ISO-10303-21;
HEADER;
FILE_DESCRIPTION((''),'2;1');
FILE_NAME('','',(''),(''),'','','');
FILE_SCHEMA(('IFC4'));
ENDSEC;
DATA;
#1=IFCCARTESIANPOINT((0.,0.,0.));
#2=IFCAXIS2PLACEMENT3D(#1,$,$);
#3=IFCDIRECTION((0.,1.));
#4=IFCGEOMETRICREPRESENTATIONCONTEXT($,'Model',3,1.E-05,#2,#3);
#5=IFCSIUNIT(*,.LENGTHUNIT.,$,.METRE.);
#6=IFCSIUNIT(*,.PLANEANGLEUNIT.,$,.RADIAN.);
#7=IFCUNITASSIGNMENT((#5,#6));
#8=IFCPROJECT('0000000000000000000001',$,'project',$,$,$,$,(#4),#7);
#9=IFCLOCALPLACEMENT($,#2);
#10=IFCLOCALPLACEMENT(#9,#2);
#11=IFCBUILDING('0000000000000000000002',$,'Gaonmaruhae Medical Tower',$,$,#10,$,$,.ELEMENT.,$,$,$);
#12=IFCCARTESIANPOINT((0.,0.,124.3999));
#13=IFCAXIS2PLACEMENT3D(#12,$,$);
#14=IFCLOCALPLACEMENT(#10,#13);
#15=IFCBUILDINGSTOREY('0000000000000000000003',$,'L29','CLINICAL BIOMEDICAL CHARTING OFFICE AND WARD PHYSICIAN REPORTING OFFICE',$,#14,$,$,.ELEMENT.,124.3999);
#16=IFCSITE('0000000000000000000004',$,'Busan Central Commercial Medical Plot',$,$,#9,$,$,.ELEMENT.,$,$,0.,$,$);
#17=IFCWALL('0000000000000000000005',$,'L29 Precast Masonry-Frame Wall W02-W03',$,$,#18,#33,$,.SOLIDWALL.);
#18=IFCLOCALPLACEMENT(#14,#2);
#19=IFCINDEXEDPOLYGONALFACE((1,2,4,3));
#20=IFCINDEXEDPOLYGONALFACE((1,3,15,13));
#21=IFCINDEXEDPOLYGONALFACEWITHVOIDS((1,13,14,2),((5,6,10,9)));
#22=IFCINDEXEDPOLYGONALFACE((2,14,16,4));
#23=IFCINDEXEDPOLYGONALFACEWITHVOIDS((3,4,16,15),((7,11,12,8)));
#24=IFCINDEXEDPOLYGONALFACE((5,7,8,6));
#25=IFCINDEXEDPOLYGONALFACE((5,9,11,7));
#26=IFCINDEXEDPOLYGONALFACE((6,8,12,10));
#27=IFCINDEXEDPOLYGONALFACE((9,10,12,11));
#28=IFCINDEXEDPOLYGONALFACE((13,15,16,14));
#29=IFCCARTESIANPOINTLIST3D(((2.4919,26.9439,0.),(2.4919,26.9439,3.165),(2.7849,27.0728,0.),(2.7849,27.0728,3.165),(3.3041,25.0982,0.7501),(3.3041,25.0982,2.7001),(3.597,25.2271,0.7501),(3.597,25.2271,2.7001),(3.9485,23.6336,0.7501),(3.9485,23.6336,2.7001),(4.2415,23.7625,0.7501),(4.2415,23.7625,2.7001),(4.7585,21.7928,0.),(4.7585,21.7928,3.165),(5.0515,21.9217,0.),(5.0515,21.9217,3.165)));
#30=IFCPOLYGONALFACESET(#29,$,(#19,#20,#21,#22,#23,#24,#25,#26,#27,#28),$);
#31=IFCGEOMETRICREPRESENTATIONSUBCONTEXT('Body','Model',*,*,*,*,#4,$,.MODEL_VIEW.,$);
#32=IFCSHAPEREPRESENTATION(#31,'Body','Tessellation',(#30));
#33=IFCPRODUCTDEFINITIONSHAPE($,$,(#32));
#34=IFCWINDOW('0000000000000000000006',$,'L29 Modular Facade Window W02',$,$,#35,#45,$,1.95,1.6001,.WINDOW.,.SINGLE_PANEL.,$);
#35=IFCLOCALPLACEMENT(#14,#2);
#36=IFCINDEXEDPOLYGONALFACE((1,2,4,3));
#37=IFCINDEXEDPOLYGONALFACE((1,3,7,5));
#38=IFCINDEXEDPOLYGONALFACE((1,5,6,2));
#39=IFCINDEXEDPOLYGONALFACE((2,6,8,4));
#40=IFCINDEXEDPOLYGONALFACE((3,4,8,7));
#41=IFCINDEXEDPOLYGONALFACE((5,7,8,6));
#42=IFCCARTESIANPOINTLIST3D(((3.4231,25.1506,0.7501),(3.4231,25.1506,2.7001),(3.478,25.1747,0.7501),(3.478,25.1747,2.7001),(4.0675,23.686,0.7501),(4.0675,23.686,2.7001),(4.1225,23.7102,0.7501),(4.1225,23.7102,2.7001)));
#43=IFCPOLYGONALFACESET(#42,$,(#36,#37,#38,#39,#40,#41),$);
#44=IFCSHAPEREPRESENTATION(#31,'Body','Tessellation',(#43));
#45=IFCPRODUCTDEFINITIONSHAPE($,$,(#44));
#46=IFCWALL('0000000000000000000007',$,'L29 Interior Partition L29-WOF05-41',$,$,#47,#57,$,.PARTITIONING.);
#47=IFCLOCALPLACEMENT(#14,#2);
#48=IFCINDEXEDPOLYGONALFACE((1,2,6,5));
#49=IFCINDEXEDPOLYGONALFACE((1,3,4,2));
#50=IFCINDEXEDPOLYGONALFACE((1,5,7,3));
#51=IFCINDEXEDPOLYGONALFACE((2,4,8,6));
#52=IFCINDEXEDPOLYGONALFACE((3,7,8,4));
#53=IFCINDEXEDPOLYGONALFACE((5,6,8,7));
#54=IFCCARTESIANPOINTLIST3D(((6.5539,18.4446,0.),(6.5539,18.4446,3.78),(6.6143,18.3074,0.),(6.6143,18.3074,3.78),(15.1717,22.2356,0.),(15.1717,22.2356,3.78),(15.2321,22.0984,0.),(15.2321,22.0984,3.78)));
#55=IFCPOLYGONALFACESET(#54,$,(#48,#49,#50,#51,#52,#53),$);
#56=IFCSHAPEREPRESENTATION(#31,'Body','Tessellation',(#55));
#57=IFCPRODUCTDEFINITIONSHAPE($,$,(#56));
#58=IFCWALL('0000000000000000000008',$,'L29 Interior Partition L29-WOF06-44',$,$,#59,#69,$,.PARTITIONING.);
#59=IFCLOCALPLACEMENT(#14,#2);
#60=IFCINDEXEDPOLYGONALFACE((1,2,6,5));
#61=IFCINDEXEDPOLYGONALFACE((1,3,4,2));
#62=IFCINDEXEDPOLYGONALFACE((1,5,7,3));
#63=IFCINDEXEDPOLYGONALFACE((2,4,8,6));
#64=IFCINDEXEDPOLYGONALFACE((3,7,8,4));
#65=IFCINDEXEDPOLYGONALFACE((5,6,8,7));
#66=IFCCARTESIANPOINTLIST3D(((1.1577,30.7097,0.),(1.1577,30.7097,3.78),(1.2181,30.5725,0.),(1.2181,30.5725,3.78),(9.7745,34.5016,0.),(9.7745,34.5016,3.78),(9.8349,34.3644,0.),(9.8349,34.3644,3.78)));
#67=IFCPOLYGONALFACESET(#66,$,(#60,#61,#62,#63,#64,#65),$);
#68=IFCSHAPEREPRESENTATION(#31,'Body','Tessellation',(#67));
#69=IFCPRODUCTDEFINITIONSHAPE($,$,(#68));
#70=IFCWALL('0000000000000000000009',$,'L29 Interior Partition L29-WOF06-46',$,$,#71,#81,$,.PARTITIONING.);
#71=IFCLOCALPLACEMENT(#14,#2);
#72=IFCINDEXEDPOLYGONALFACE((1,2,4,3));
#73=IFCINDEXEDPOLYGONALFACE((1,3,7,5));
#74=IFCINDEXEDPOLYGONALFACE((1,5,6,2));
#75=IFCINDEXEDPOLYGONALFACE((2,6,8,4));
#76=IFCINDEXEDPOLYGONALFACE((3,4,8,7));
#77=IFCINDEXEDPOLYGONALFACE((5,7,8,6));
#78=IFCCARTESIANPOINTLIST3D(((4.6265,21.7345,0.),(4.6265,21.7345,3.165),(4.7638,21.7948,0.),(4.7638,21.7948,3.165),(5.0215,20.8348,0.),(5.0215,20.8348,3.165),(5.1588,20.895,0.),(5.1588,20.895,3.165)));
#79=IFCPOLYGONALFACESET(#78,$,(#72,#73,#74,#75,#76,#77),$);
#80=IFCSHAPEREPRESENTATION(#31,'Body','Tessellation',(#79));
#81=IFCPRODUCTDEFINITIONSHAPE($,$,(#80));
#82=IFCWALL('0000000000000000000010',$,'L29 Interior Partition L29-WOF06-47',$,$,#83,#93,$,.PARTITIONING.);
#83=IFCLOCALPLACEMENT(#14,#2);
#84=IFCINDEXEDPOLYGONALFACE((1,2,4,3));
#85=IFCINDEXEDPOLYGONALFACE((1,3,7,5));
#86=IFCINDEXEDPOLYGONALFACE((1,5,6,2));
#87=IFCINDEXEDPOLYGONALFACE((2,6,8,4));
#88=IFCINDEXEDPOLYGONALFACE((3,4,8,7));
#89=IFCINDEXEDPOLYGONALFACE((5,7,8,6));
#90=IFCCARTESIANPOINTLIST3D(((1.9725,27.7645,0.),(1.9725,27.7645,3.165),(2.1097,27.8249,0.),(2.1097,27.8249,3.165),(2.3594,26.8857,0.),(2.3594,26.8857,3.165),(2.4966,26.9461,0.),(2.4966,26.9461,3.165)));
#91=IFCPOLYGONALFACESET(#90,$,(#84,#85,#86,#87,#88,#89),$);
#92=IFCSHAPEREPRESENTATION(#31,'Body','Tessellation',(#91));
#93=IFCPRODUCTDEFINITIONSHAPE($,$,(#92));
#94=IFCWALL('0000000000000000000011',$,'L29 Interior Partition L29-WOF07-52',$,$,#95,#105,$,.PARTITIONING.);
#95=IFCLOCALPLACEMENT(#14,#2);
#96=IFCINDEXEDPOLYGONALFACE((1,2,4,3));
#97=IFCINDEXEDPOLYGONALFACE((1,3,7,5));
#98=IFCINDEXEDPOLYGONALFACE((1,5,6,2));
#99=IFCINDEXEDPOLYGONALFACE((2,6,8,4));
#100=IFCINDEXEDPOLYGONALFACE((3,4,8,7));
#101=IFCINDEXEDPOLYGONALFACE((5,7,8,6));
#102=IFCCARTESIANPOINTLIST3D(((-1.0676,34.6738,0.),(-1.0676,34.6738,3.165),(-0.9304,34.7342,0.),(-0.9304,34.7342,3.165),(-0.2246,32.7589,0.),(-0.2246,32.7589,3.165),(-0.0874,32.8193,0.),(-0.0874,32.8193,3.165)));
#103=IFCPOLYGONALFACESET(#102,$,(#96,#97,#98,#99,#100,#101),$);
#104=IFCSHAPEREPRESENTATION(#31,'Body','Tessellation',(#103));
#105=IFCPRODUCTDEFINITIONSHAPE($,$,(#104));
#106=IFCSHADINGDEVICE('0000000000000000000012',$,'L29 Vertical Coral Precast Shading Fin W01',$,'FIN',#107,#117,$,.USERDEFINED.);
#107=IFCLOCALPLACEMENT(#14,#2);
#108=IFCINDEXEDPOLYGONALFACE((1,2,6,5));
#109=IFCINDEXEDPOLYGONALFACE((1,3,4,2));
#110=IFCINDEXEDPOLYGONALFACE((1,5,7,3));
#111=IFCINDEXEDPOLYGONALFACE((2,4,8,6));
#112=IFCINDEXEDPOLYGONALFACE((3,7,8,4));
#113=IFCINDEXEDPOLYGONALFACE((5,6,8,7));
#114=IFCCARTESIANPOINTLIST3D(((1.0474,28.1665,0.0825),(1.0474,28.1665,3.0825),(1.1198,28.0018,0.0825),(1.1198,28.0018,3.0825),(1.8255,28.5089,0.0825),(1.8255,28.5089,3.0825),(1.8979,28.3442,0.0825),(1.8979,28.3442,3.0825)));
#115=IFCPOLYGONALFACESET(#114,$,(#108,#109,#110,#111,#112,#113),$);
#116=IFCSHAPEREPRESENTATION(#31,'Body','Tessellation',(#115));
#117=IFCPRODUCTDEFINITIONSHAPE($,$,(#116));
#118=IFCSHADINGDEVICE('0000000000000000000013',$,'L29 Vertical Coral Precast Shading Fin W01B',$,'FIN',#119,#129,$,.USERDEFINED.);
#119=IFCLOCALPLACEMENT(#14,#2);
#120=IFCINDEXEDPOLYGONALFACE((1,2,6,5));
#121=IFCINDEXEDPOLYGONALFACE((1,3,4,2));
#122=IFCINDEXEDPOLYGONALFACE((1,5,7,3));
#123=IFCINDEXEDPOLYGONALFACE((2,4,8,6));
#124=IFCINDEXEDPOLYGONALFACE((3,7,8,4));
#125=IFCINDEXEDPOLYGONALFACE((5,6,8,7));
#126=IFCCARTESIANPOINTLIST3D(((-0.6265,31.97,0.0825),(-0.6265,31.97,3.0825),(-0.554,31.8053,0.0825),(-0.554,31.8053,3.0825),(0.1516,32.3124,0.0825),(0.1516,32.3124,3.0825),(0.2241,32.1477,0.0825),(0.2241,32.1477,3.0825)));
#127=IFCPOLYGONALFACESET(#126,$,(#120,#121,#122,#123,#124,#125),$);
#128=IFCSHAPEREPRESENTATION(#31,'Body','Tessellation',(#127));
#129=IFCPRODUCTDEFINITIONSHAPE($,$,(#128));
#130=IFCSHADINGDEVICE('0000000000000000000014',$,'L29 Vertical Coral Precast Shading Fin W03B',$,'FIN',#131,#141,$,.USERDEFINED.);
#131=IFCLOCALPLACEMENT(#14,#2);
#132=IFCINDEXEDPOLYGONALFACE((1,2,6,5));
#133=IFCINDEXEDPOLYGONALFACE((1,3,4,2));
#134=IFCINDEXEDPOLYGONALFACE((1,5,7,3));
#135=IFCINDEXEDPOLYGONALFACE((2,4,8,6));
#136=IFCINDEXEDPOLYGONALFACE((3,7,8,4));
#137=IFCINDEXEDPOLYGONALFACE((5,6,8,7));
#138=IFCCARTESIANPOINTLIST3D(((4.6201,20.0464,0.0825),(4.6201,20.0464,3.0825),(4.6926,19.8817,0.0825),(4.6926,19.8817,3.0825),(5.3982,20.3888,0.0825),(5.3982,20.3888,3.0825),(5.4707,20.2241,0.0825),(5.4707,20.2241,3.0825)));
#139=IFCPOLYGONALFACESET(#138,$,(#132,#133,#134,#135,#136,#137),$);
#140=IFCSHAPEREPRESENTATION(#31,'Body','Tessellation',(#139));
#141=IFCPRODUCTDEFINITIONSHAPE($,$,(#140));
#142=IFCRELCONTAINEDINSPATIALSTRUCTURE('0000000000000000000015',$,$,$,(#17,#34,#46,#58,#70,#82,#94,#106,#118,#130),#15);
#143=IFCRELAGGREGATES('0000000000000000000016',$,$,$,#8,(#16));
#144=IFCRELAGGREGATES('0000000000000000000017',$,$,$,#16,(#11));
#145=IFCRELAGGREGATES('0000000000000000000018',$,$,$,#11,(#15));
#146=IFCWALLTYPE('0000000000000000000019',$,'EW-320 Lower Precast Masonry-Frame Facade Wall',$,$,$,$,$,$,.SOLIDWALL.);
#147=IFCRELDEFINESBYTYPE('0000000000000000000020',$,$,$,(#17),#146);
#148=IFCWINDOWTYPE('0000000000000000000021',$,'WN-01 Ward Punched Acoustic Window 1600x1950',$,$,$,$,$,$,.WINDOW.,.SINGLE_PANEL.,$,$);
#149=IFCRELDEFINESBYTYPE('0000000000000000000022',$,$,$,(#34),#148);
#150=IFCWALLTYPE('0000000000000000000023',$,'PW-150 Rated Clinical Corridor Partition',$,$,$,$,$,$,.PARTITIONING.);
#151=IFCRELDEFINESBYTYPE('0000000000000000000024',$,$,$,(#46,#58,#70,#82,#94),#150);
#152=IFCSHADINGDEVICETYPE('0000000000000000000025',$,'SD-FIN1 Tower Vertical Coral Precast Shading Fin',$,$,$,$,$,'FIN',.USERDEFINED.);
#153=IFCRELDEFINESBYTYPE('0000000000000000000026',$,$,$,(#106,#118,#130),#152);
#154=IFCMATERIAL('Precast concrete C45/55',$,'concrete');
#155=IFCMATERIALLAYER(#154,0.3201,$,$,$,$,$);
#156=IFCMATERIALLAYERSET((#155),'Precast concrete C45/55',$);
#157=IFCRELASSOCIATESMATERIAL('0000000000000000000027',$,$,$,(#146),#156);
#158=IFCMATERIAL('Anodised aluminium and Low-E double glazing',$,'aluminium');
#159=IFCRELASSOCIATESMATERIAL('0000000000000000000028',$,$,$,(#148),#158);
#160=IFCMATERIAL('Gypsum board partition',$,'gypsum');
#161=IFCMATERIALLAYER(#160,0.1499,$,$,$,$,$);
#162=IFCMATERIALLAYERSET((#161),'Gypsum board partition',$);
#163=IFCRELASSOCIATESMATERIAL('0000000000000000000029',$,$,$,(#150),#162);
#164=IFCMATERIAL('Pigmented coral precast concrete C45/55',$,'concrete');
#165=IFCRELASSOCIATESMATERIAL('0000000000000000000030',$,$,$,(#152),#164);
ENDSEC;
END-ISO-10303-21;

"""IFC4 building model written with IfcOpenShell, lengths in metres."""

from ifc_helpers import new_model, si_unit, direction, frame, frame_2d, origin, origin_2d, place, context, subcontext, project, spatial, rectangle, extrude, material, layer, layer_set, type_object, element, fill, save


model = new_model("IFC4")

# Units and contexts
model_context = context("Model", 3, precision=1e-05, world=origin(), true_north=direction((0.0, 1.0)))
body_context = subcontext(model_context, "Body", "Model", "MODEL_VIEW")
ifc_project = project(units=[si_unit("LENGTHUNIT", "METRE"), si_unit("PLANEANGLEUNIT", "RADIAN")], contexts=[model_context])

# Site, building, storey
site_placement = place(None, origin())
site = spatial("IfcSite", under=ifc_project, at=site_placement, Name="Busan Central Commercial Medical Plot", CompositionType="ELEMENT", RefElevation=0.0)
building_placement = place(site_placement, origin())
building = spatial("IfcBuilding", under=site, at=building_placement, Name="Gaonmaruhae Medical Tower", CompositionType="ELEMENT")
storey_placement = place(building_placement, frame((0.0, 0.0, 124.3999)))
storey = spatial("IfcBuildingStorey", under=building, at=storey_placement, Name="L29", Description="CLINICAL BIOMEDICAL CHARTING OFFICE AND WARD PHYSICIAN REPORTING OFFICE", CompositionType="ELEMENT", Elevation=124.3999)

# Shared definitions
ifc_material_1 = material(Name="Precast concrete C45/55", Category="concrete")
ifc_layer_1 = layer(ifc_material_1, 0.3201)
ifc_layer_set_1 = layer_set([ifc_layer_1], Name="Precast concrete C45/55")
wall_type_1 = type_object("IfcWallType", Name="EW-320 Lower Precast Masonry-Frame Facade Wall", PredefinedType="SOLIDWALL", material=ifc_layer_set_1)

# Wall, opening, window
ifc_material_2 = material(Name="Anodised aluminium and Low-E double glazing", Category="aluminium")
wall_1_placement = place(storey_placement, frame((4.905, 21.8572, 0.0), z_axis=(0.0, 0.0, 1.0), x_axis=(-0.402755, 0.915308, 0.0)))
wall_1 = element("IfcWall", 1, at=wall_1_placement, inside=storey, type_object=wall_type_1, Name="L29 Precast Masonry-Frame Wall W02-W03", PredefinedType="SOLIDWALL", context=body_context, shape_type="SweptSolid", body=[
    extrude(rectangle(XDim=5.6277, YDim=0.3201, at=frame_2d((2.814, 0.0))), origin(), (0.0, 0.0, 1.0), 3.165),
])
opening_1_placement = place(wall_1_placement, frame((2.0112, 0.0, 0.75)))
opening_1 = element("IfcOpeningElement", 2, at=opening_1_placement, cuts=wall_1, PredefinedType="OPENING", context=body_context, shape_type="SweptSolid", body=[
    extrude(rectangle(XDim=1.6001, YDim=1.95, at=frame_2d((0.8, 0.9751))), frame((0.0, 0.1699, 0.0), z_axis=(0.0, -1.0, 0.0), x_axis=(1.0, 0.0, 0.0)), (0.0, 0.0, 1.0), 0.3401),
])
window_type_1 = type_object("IfcWindowType", Name="WN-01 Ward Punched Acoustic Window 1600x1950", PartitioningType="SINGLE_PANEL", PredefinedType="WINDOW", material=ifc_material_2)
window_1_placement = place(opening_1_placement, origin())
window_1 = element("IfcWindow", 3, at=window_1_placement, inside=storey, type_object=window_type_1, Name="L29 Modular Facade Window W02", OverallHeight=1.95, OverallWidth=1.6001, PartitioningType="SINGLE_PANEL", PredefinedType="WINDOW", context=body_context, shape_type="SweptSolid", body=[
    extrude(rectangle(XDim=1.6001, YDim=1.95, at=frame_2d((0.8, 0.9751))), frame((0.0, 0.03, 0.0), z_axis=(0.0, -1.0, 0.0), x_axis=(1.0, 0.0, 0.0)), (0.0, 0.0, 1.0), 0.0601),
])
fill(opening_1, window_1)

# Walls
ifc_material_3 = material(Name="Gypsum board partition", Category="gypsum")
ifc_layer_2 = layer(ifc_material_3, 0.1499)
ifc_layer_set_2 = layer_set([ifc_layer_2], Name="Gypsum board partition")
wall_type_2 = type_object("IfcWallType", Name="PW-150 Rated Clinical Corridor Partition", PredefinedType="PARTITIONING", material=ifc_layer_set_2)
wall_2_placement = place(storey_placement, frame((6.584, 18.376, 0.0), z_axis=(0.0, 0.0, 1.0), x_axis=(0.915349, 0.402661, 0.0)))
element("IfcWall", 4, at=wall_2_placement, inside=storey, type_object=wall_type_2, Name="L29 Interior Partition L29-WOF05-41", PredefinedType="PARTITIONING", context=body_context, shape_type="SweptSolid", body=[
    extrude(rectangle(XDim=9.4148, YDim=0.1499, at=frame_2d((4.7075, 0.0))), origin(), (0.0, 0.0, 1.0), 3.78),
])
wall_3_placement = place(storey_placement, frame((1.188, 30.6411, 0.0), z_axis=(0.0, 0.0, 1.0), x_axis=(0.915294, 0.402786, 0.0)))
element("IfcWall", 5, at=wall_3_placement, inside=storey, type_object=wall_type_2, Name="L29 Interior Partition L29-WOF06-44", PredefinedType="PARTITIONING", context=body_context, shape_type="SweptSolid", body=[
    extrude(rectangle(XDim=9.4143, YDim=0.1499, at=frame_2d((4.707, 0.0))), origin(), (0.0, 0.0, 1.0), 3.78),
])
wall_4_placement = place(storey_placement, frame((5.0901, 20.865, 0.0), z_axis=(0.0, 0.0, 1.0), x_axis=(-0.401939, 0.915666, 0.0)))
element("IfcWall", 6, at=wall_4_placement, inside=storey, type_object=wall_type_2, Name="L29 Interior Partition L29-WOF06-46", PredefinedType="PARTITIONING", context=body_context, shape_type="SweptSolid", body=[
    extrude(rectangle(XDim=0.9827, YDim=0.1499, at=frame_2d((0.4912, 0.0))), origin(), (0.0, 0.0, 1.0), 3.165),
])
wall_5_placement = place(storey_placement, frame((2.428, 26.916, 0.0), z_axis=(0.0, 0.0, 1.0), x_axis=(-0.402952, 0.915221, 0.0)))
element("IfcWall", 7, at=wall_5_placement, inside=storey, type_object=wall_type_2, Name="L29 Interior Partition L29-WOF06-47", PredefinedType="PARTITIONING", context=body_context, shape_type="SweptSolid", body=[
    extrude(rectangle(XDim=0.9602, YDim=0.1499, at=frame_2d((0.48, 0.0))), origin(), (0.0, 0.0, 1.0), 3.165),
])
wall_6_placement = place(storey_placement, frame((-0.156, 32.7891, 0.0), z_axis=(0.0, 0.0, 1.0), x_axis=(-0.402899, 0.915244, 0.0)))
element("IfcWall", 8, at=wall_6_placement, inside=storey, type_object=wall_type_2, Name="L29 Interior Partition L29-WOF07-52", PredefinedType="PARTITIONING", context=body_context, shape_type="SweptSolid", body=[
    extrude(rectangle(XDim=2.0923, YDim=0.1499, at=frame_2d((1.0461, 0.0))), origin(), (0.0, 0.0, 1.0), 3.165),
])

# Shading devices
ifc_material_4 = material(Name="Pigmented coral precast concrete C45/55", Category="concrete")
shading_device_type = type_object("IfcShadingDeviceType", Name="SD-FIN1 Tower Vertical Coral Precast Shading Fin", ElementType="FIN", PredefinedType="USERDEFINED", material=ifc_material_4)
for number, where, z_axis, x_axis, name in (
    (9, (1.4727, 28.2554, 0.0825), (0.0, 0.0, 1.0), (-0.402747, 0.915311, 0.0), "L29 Vertical Coral Precast Shading Fin W01"),
    (10, (-0.2012, 32.0588, 0.0825), (0.0, 0.0, 1.0), (-0.402747, 0.915311, 0.0), "L29 Vertical Coral Precast Shading Fin W01B"),
    (11, (5.0454, 20.1353, 0.0825), (0.0, 0.0, 1.0), (-0.402747, 0.915311, 0.0), "L29 Vertical Coral Precast Shading Fin W03B"),
):
    element("IfcShadingDevice", number, at=place(storey_placement, frame(where, z_axis=z_axis, x_axis=x_axis)), inside=storey, type_object=shading_device_type, Name=name, ObjectType="FIN", PredefinedType="USERDEFINED", context=body_context, shape_type="SweptSolid", body=[
        extrude(rectangle(XDim=0.1799, YDim=0.8501, at=origin_2d()), origin(), (0.0, 0.0, 1.0), 3.0),
    ])

save(model, "model.ifc")
